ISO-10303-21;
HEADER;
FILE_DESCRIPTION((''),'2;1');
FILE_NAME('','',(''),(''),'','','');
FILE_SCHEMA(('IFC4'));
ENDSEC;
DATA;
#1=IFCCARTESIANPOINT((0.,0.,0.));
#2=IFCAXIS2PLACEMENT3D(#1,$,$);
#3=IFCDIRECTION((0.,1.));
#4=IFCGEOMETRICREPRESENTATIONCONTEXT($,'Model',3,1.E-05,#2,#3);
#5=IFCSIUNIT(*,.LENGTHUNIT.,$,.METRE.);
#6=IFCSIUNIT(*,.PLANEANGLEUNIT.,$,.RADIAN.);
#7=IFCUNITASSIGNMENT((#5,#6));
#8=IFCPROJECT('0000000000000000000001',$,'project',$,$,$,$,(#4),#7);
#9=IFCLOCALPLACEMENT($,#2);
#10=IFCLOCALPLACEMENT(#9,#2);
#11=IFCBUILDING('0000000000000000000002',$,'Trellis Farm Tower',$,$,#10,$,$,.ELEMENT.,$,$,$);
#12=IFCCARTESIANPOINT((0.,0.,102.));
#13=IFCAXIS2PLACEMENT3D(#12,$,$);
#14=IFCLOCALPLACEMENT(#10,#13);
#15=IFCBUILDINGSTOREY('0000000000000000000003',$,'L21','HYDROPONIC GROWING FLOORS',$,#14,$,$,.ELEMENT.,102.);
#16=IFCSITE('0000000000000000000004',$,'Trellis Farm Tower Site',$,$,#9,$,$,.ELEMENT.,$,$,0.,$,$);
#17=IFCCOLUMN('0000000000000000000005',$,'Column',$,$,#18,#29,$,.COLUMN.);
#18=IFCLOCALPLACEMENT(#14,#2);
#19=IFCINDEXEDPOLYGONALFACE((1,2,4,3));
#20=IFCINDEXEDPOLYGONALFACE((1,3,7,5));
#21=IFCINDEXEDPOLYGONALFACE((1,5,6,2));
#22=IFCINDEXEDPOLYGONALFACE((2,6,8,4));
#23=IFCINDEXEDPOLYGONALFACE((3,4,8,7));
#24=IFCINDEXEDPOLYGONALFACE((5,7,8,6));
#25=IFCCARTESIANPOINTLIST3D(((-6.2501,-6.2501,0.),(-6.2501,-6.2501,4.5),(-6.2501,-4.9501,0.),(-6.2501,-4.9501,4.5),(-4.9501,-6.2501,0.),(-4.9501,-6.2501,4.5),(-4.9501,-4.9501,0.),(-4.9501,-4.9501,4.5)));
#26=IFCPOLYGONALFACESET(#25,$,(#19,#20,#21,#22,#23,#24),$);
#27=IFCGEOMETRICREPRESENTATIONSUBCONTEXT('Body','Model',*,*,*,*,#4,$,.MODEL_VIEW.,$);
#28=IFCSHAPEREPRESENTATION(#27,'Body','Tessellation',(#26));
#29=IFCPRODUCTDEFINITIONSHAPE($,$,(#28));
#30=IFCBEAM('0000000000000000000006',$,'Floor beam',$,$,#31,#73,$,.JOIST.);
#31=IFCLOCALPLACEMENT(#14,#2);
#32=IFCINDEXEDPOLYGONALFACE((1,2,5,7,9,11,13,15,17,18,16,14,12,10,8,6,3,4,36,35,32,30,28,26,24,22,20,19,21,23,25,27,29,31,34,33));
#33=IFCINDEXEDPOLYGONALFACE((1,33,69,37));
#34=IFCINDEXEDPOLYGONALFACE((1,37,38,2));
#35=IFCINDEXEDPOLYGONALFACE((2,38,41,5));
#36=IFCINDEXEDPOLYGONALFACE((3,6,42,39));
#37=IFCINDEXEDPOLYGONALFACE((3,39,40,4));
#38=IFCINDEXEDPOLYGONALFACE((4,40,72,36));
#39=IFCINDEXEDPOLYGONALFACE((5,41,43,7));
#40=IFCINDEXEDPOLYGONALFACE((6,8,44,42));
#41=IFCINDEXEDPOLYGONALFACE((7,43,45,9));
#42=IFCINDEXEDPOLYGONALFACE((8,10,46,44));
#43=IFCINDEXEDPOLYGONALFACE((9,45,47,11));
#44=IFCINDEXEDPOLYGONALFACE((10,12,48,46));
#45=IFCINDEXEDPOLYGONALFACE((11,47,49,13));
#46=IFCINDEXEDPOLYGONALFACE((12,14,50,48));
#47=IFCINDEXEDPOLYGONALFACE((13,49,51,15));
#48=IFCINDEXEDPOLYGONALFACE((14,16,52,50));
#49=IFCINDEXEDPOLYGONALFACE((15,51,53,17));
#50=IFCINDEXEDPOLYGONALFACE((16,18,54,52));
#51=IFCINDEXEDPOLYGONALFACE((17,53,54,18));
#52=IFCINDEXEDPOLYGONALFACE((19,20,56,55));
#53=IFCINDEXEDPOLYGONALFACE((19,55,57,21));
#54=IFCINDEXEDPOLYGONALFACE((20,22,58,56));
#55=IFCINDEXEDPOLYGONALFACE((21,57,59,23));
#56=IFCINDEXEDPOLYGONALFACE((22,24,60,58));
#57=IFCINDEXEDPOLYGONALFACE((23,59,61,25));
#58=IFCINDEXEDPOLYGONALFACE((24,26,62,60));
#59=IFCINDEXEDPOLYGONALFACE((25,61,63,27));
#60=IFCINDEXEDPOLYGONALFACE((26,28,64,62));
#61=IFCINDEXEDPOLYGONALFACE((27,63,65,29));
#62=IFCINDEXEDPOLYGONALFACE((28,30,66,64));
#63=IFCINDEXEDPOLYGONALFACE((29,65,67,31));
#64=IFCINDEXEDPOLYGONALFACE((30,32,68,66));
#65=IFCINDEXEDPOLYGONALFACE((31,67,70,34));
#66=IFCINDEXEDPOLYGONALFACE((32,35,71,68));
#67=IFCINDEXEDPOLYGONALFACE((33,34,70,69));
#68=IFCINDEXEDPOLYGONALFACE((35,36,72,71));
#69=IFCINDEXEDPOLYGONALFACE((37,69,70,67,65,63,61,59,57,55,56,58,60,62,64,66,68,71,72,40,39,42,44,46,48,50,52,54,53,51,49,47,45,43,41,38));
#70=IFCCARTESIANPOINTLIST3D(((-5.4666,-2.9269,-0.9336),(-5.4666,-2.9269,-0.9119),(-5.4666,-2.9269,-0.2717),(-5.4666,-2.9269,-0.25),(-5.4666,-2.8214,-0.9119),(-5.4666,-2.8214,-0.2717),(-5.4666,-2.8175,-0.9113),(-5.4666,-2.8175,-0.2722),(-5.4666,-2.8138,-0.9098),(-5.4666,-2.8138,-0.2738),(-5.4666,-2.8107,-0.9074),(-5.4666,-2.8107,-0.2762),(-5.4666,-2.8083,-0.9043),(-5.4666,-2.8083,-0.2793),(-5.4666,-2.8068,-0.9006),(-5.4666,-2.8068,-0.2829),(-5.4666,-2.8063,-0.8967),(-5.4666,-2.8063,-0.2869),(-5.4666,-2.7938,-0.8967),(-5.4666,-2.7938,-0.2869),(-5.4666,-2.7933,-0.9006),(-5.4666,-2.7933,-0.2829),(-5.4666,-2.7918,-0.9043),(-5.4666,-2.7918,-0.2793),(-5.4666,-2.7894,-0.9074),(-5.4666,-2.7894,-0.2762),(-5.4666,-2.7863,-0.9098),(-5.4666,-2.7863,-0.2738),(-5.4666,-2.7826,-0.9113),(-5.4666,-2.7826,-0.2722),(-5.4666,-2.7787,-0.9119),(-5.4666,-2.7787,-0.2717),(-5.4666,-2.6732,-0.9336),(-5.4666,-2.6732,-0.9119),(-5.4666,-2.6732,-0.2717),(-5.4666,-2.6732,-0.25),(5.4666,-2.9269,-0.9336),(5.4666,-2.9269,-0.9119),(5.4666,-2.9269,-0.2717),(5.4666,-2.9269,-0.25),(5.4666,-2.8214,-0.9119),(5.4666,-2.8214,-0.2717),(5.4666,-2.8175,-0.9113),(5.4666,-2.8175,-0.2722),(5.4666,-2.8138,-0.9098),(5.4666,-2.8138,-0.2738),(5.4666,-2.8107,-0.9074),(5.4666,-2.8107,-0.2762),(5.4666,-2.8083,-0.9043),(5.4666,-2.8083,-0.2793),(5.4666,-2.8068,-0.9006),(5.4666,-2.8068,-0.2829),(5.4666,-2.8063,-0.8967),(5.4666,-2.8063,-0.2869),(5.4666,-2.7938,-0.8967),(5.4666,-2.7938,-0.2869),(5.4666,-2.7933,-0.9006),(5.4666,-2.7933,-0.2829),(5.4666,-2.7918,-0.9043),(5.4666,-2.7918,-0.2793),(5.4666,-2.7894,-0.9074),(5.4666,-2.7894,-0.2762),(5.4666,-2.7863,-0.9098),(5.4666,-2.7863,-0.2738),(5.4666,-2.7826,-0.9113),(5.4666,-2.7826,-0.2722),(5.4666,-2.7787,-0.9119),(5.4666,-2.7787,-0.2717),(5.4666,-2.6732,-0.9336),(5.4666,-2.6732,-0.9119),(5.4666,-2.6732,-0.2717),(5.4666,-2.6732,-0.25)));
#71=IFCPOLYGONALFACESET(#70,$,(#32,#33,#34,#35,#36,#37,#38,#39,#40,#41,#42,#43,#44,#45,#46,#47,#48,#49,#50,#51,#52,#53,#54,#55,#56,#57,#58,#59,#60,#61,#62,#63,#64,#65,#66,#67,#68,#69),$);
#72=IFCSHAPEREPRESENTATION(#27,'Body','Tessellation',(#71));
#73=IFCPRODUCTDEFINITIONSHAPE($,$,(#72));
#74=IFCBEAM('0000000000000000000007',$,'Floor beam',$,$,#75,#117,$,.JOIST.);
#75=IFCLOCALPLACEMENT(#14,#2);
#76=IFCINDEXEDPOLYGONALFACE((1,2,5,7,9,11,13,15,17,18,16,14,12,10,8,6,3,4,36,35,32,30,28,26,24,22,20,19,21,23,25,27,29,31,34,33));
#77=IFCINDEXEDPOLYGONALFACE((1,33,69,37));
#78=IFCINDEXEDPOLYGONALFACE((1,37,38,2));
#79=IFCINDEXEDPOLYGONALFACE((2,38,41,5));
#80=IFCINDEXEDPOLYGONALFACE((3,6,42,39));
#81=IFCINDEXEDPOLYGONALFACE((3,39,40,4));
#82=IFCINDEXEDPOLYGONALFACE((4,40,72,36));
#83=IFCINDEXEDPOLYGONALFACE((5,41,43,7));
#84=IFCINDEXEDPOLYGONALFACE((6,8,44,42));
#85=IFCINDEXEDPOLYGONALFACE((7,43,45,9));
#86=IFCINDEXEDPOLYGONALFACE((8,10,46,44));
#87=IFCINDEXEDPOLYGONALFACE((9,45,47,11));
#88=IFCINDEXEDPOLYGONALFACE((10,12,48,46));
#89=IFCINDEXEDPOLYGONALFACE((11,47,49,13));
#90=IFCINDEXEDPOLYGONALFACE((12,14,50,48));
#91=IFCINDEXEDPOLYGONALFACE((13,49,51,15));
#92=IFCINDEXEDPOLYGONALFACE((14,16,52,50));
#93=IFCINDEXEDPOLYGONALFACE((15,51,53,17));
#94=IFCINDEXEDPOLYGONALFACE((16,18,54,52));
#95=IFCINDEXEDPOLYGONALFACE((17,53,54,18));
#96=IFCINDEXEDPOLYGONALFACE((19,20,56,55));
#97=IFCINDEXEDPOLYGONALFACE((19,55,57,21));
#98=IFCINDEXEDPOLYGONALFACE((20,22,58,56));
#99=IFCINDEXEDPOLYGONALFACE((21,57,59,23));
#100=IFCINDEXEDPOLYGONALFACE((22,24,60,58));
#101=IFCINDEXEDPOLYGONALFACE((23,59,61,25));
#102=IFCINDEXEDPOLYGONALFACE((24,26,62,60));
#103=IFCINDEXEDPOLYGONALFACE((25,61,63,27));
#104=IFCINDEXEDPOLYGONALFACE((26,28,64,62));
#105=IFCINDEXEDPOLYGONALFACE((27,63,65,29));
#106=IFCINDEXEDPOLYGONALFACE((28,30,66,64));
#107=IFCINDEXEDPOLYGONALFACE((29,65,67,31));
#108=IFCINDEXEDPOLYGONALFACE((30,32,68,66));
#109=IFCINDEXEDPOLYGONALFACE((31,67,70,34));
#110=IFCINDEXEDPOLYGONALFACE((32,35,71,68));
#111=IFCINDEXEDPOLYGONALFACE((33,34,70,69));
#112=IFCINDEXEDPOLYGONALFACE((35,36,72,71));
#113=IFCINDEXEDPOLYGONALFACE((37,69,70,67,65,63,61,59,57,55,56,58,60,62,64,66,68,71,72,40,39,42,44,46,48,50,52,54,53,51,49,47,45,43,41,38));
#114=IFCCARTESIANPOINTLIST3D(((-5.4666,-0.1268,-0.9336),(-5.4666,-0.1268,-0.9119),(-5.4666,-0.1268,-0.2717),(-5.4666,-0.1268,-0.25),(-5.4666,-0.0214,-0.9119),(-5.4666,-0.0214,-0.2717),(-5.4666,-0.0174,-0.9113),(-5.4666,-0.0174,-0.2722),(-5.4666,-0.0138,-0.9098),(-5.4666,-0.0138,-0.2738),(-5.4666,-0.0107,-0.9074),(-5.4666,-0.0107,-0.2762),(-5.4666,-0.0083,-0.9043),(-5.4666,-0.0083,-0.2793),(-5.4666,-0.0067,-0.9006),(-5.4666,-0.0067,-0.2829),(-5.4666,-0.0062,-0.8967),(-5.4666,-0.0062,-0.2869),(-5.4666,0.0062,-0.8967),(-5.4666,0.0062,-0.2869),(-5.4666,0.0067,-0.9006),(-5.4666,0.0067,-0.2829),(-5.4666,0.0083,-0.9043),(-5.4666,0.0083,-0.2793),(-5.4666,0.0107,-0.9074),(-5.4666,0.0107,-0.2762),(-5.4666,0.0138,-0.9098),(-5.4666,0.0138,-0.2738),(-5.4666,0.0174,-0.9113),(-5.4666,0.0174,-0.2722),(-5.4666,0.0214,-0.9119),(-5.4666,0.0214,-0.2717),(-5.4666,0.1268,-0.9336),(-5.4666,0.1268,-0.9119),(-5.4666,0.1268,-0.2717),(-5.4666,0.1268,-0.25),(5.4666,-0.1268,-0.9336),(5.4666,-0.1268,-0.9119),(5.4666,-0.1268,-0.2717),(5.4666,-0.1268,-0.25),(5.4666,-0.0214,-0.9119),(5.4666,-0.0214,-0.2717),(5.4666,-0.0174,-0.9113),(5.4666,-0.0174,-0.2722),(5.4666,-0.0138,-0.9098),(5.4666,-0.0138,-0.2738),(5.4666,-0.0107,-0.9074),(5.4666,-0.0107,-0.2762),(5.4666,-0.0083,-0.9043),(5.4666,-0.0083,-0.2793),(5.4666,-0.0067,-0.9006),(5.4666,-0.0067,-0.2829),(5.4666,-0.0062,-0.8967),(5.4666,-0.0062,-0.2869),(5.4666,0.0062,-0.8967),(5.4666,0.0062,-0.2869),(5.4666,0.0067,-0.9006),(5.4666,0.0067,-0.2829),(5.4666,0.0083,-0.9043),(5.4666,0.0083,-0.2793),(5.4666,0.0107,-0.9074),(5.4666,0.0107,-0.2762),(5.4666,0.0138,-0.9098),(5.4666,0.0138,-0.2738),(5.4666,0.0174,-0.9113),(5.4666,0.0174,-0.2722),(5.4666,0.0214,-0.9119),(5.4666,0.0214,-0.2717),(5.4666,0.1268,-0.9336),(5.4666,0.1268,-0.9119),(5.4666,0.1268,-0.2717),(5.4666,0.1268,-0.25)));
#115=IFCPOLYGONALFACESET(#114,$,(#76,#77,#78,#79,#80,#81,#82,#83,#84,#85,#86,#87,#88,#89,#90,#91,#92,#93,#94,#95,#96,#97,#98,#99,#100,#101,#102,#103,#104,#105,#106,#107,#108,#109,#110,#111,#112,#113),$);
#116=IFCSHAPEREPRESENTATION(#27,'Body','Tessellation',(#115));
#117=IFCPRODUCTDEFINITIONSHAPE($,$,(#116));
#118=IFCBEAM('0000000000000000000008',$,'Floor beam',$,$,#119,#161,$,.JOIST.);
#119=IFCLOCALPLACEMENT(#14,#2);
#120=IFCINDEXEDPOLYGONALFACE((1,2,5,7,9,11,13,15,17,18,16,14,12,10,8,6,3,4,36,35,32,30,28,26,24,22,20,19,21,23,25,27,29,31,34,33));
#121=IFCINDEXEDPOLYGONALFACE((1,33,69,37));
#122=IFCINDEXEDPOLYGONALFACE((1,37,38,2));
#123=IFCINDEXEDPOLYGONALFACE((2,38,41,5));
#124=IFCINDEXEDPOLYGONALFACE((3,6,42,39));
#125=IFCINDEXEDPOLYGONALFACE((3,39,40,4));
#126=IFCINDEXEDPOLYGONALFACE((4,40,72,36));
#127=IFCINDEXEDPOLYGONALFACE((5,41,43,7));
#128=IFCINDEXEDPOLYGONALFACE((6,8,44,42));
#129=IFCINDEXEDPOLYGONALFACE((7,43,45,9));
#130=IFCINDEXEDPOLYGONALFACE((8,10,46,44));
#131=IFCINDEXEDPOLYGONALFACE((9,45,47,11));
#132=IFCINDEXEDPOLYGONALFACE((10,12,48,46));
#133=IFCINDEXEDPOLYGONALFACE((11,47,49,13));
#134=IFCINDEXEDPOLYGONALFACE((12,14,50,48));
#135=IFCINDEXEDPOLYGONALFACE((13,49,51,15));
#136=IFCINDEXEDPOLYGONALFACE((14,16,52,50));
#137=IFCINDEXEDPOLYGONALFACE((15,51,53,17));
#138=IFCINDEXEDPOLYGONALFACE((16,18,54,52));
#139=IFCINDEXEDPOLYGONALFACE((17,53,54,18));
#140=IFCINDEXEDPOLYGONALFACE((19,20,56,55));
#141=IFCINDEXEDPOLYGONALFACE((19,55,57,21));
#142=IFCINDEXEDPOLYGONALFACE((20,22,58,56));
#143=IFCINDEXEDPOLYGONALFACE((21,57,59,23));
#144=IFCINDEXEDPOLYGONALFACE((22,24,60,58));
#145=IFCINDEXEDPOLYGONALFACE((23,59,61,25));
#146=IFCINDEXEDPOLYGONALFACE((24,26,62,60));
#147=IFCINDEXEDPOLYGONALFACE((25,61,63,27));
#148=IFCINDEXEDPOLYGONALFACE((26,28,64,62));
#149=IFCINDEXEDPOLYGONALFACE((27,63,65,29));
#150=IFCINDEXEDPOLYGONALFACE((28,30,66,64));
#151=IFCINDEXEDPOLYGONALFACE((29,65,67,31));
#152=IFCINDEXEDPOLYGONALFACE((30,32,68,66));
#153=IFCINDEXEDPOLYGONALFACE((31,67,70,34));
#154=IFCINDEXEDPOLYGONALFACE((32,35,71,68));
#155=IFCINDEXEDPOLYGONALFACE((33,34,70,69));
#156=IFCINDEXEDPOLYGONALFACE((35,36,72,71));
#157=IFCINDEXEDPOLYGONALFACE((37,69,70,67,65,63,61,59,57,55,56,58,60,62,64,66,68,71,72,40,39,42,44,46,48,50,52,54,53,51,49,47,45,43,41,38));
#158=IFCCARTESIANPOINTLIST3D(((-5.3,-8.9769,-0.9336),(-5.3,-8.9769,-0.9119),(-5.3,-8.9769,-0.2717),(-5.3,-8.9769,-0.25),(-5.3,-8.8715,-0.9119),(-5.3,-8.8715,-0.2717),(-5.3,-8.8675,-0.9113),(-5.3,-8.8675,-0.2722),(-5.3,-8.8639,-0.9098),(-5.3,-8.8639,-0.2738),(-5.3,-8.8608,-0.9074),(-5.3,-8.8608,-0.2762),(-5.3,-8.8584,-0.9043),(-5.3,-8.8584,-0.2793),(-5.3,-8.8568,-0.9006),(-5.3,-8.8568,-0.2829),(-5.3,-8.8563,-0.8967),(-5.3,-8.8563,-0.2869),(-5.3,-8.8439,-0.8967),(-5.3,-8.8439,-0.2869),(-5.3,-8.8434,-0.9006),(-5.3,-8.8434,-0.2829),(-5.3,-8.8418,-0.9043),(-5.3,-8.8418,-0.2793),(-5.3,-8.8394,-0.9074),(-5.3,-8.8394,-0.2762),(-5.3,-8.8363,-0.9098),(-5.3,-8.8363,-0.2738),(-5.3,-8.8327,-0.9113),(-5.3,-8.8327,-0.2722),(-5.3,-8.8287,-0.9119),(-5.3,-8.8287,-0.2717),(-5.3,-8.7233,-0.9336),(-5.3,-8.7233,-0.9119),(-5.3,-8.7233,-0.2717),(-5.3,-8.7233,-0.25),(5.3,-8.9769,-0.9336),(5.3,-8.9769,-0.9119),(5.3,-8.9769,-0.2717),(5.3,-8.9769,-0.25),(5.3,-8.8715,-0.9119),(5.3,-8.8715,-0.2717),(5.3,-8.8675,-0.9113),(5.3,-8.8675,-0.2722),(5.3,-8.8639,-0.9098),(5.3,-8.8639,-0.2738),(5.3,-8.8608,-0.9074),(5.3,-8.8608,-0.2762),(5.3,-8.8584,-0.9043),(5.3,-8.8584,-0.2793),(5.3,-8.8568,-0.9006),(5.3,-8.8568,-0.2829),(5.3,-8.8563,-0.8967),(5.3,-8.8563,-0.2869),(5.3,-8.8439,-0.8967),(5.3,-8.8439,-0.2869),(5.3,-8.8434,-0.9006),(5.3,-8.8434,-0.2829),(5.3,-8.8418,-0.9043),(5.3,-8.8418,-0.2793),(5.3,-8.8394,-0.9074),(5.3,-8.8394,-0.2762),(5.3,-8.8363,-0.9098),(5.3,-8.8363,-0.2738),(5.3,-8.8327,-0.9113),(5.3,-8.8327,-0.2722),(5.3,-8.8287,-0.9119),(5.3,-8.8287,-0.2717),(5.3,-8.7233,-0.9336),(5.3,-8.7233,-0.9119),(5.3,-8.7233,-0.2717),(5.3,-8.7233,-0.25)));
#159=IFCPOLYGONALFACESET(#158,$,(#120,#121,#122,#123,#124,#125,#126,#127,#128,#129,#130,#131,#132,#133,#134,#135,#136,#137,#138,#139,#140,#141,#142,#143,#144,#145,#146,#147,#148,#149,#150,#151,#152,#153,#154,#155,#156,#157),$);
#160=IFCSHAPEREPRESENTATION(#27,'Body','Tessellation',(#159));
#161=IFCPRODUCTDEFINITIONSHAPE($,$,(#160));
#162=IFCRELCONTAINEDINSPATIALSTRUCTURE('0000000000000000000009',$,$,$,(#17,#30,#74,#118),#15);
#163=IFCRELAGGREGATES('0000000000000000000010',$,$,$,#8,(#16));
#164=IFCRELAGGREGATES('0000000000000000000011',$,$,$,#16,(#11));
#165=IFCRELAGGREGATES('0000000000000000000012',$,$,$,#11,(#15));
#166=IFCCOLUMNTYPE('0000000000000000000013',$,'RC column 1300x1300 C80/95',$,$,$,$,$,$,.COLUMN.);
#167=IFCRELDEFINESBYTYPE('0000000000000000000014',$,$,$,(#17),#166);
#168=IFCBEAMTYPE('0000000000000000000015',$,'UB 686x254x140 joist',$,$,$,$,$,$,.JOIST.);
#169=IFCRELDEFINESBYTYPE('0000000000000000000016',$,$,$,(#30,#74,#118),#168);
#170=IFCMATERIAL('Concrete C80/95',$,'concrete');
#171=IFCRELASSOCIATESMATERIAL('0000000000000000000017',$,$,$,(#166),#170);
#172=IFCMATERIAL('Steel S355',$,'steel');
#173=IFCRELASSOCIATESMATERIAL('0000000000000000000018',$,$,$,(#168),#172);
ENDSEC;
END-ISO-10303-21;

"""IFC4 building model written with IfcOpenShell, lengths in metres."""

from ifc_helpers import new_model, si_unit, direction, frame, origin, origin_2d, place, context, subcontext, project, spatial, rectangle, i_section, extrude, source, transform, mapped, material, material_profile, profile_set, type_object, element, save


model = new_model("IFC4")

# Units and contexts
model_context = context("Model", 3, precision=1e-05, world=origin(), true_north=direction((0.0, 1.0)))
body_context = subcontext(model_context, "Body", "Model", "MODEL_VIEW")
ifc_project = project(units=[si_unit("LENGTHUNIT", "METRE"), si_unit("PLANEANGLEUNIT", "RADIAN")], contexts=[model_context])

# Site, building, storey
site_placement = place(None, origin())
site = spatial("IfcSite", under=ifc_project, at=site_placement, Name="Trellis Farm Tower Site", CompositionType="ELEMENT", RefElevation=0.0)
building_placement = place(site_placement, origin())
building = spatial("IfcBuilding", under=site, at=building_placement, Name="Trellis Farm Tower", CompositionType="ELEMENT")
storey_placement = place(building_placement, frame((0.0, 0.0, 102.0)))
storey = spatial("IfcBuildingStorey", under=building, at=storey_placement, Name="L21", Description="HYDROPONIC GROWING FLOORS", CompositionType="ELEMENT", Elevation=102.0)

# Column
ifc_material_1 = material(Name="Concrete C80/95", Category="concrete")
ifc_material_profile_1 = material_profile(ifc_material_1, rectangle(XDim=1.3, YDim=1.3, at=origin_2d()), Name="RC column 1300x1300 C80/95")
ifc_profile_set_1 = profile_set([ifc_material_profile_1], Name="Concrete C80/95")
column_type = type_object("IfcColumnType", Name="RC column 1300x1300 C80/95", PredefinedType="COLUMN", material=ifc_profile_set_1)
shared_shape_1 = source(origin(), body_context, "Body", "SweptSolid", [
    extrude(rectangle(XDim=1.3, YDim=1.3, at=origin_2d()), origin(), (0.0, 0.0, 1.0), 4.5),
])
column_placement = place(storey_placement, frame((-5.6001, -5.6001, 0.0), z_axis=(0.0, 0.0, 1.0), x_axis=(1.0, 0.0, 0.0)))
element("IfcColumn", 1, at=column_placement, inside=storey, type_object=column_type, Name="Column", PredefinedType="COLUMN", context=body_context, shape_type="MappedRepresentation", body=[
    mapped(shared_shape_1, transform((0.0, 0.0, 0.0))),
])

# Beams
ifc_material_2 = material(Name="Steel S355", Category="steel")
ifc_material_profile_2 = material_profile(ifc_material_2, i_section(OverallWidth=0.2537, OverallDepth=0.6836, WebThickness=0.0125, FlangeThickness=0.0217, FilletRadius=0.0151, at=origin_2d()), Name="UB 686x254x140")
ifc_profile_set_2 = profile_set([ifc_material_profile_2], Name="Steel S355")
beam_type_1 = type_object("IfcBeamType", Name="UB 686x254x140 joist", PredefinedType="JOIST", material=ifc_profile_set_2)
shared_shape_2 = source(origin(), body_context, "Body", "SweptSolid", [
    extrude(i_section(OverallWidth=0.2537, OverallDepth=0.6836, WebThickness=0.0125, FlangeThickness=0.0217, FilletRadius=0.0151, at=origin_2d()), origin(), (0.0, 0.0, 1.0), 10.9331),
])
for number, where, z_axis, x_axis, name in (
    (2, (-5.4666, -2.8, -0.5918), (1.0, 0.0, 0.0), (0.0, 1.0, 0.0), "Floor beam"),
    (3, (-5.4666, 0.0, -0.5918), (1.0, 0.0, 0.0), (0.0, 1.0, 0.0), "Floor beam"),
):
    element("IfcBeam", number, at=place(storey_placement, frame(where, z_axis=z_axis, x_axis=x_axis)), inside=storey, type_object=beam_type_1, Name=name, PredefinedType="JOIST", context=body_context, shape_type="MappedRepresentation", body=[
        mapped(shared_shape_2, transform((0.0, 0.0, 0.0))),
    ])
shared_shape_3 = source(origin(), body_context, "Body", "SweptSolid", [
    extrude(i_section(OverallWidth=0.2537, OverallDepth=0.6836, WebThickness=0.0125, FlangeThickness=0.0217, FilletRadius=0.0151, at=origin_2d()), origin(), (0.0, 0.0, 1.0), 10.6001),
])
beam_placement = place(storey_placement, frame((-5.3, -8.8501, -0.5918), z_axis=(1.0, 0.0, 0.0), x_axis=(0.0, 1.0, 0.0)))
element("IfcBeam", 4, at=beam_placement, inside=storey, type_object=beam_type_1, Name="Floor beam", PredefinedType="JOIST", context=body_context, shape_type="MappedRepresentation", body=[
    mapped(shared_shape_3, transform((0.0, 0.0, 0.0))),
])

save(model, "model.ifc")
